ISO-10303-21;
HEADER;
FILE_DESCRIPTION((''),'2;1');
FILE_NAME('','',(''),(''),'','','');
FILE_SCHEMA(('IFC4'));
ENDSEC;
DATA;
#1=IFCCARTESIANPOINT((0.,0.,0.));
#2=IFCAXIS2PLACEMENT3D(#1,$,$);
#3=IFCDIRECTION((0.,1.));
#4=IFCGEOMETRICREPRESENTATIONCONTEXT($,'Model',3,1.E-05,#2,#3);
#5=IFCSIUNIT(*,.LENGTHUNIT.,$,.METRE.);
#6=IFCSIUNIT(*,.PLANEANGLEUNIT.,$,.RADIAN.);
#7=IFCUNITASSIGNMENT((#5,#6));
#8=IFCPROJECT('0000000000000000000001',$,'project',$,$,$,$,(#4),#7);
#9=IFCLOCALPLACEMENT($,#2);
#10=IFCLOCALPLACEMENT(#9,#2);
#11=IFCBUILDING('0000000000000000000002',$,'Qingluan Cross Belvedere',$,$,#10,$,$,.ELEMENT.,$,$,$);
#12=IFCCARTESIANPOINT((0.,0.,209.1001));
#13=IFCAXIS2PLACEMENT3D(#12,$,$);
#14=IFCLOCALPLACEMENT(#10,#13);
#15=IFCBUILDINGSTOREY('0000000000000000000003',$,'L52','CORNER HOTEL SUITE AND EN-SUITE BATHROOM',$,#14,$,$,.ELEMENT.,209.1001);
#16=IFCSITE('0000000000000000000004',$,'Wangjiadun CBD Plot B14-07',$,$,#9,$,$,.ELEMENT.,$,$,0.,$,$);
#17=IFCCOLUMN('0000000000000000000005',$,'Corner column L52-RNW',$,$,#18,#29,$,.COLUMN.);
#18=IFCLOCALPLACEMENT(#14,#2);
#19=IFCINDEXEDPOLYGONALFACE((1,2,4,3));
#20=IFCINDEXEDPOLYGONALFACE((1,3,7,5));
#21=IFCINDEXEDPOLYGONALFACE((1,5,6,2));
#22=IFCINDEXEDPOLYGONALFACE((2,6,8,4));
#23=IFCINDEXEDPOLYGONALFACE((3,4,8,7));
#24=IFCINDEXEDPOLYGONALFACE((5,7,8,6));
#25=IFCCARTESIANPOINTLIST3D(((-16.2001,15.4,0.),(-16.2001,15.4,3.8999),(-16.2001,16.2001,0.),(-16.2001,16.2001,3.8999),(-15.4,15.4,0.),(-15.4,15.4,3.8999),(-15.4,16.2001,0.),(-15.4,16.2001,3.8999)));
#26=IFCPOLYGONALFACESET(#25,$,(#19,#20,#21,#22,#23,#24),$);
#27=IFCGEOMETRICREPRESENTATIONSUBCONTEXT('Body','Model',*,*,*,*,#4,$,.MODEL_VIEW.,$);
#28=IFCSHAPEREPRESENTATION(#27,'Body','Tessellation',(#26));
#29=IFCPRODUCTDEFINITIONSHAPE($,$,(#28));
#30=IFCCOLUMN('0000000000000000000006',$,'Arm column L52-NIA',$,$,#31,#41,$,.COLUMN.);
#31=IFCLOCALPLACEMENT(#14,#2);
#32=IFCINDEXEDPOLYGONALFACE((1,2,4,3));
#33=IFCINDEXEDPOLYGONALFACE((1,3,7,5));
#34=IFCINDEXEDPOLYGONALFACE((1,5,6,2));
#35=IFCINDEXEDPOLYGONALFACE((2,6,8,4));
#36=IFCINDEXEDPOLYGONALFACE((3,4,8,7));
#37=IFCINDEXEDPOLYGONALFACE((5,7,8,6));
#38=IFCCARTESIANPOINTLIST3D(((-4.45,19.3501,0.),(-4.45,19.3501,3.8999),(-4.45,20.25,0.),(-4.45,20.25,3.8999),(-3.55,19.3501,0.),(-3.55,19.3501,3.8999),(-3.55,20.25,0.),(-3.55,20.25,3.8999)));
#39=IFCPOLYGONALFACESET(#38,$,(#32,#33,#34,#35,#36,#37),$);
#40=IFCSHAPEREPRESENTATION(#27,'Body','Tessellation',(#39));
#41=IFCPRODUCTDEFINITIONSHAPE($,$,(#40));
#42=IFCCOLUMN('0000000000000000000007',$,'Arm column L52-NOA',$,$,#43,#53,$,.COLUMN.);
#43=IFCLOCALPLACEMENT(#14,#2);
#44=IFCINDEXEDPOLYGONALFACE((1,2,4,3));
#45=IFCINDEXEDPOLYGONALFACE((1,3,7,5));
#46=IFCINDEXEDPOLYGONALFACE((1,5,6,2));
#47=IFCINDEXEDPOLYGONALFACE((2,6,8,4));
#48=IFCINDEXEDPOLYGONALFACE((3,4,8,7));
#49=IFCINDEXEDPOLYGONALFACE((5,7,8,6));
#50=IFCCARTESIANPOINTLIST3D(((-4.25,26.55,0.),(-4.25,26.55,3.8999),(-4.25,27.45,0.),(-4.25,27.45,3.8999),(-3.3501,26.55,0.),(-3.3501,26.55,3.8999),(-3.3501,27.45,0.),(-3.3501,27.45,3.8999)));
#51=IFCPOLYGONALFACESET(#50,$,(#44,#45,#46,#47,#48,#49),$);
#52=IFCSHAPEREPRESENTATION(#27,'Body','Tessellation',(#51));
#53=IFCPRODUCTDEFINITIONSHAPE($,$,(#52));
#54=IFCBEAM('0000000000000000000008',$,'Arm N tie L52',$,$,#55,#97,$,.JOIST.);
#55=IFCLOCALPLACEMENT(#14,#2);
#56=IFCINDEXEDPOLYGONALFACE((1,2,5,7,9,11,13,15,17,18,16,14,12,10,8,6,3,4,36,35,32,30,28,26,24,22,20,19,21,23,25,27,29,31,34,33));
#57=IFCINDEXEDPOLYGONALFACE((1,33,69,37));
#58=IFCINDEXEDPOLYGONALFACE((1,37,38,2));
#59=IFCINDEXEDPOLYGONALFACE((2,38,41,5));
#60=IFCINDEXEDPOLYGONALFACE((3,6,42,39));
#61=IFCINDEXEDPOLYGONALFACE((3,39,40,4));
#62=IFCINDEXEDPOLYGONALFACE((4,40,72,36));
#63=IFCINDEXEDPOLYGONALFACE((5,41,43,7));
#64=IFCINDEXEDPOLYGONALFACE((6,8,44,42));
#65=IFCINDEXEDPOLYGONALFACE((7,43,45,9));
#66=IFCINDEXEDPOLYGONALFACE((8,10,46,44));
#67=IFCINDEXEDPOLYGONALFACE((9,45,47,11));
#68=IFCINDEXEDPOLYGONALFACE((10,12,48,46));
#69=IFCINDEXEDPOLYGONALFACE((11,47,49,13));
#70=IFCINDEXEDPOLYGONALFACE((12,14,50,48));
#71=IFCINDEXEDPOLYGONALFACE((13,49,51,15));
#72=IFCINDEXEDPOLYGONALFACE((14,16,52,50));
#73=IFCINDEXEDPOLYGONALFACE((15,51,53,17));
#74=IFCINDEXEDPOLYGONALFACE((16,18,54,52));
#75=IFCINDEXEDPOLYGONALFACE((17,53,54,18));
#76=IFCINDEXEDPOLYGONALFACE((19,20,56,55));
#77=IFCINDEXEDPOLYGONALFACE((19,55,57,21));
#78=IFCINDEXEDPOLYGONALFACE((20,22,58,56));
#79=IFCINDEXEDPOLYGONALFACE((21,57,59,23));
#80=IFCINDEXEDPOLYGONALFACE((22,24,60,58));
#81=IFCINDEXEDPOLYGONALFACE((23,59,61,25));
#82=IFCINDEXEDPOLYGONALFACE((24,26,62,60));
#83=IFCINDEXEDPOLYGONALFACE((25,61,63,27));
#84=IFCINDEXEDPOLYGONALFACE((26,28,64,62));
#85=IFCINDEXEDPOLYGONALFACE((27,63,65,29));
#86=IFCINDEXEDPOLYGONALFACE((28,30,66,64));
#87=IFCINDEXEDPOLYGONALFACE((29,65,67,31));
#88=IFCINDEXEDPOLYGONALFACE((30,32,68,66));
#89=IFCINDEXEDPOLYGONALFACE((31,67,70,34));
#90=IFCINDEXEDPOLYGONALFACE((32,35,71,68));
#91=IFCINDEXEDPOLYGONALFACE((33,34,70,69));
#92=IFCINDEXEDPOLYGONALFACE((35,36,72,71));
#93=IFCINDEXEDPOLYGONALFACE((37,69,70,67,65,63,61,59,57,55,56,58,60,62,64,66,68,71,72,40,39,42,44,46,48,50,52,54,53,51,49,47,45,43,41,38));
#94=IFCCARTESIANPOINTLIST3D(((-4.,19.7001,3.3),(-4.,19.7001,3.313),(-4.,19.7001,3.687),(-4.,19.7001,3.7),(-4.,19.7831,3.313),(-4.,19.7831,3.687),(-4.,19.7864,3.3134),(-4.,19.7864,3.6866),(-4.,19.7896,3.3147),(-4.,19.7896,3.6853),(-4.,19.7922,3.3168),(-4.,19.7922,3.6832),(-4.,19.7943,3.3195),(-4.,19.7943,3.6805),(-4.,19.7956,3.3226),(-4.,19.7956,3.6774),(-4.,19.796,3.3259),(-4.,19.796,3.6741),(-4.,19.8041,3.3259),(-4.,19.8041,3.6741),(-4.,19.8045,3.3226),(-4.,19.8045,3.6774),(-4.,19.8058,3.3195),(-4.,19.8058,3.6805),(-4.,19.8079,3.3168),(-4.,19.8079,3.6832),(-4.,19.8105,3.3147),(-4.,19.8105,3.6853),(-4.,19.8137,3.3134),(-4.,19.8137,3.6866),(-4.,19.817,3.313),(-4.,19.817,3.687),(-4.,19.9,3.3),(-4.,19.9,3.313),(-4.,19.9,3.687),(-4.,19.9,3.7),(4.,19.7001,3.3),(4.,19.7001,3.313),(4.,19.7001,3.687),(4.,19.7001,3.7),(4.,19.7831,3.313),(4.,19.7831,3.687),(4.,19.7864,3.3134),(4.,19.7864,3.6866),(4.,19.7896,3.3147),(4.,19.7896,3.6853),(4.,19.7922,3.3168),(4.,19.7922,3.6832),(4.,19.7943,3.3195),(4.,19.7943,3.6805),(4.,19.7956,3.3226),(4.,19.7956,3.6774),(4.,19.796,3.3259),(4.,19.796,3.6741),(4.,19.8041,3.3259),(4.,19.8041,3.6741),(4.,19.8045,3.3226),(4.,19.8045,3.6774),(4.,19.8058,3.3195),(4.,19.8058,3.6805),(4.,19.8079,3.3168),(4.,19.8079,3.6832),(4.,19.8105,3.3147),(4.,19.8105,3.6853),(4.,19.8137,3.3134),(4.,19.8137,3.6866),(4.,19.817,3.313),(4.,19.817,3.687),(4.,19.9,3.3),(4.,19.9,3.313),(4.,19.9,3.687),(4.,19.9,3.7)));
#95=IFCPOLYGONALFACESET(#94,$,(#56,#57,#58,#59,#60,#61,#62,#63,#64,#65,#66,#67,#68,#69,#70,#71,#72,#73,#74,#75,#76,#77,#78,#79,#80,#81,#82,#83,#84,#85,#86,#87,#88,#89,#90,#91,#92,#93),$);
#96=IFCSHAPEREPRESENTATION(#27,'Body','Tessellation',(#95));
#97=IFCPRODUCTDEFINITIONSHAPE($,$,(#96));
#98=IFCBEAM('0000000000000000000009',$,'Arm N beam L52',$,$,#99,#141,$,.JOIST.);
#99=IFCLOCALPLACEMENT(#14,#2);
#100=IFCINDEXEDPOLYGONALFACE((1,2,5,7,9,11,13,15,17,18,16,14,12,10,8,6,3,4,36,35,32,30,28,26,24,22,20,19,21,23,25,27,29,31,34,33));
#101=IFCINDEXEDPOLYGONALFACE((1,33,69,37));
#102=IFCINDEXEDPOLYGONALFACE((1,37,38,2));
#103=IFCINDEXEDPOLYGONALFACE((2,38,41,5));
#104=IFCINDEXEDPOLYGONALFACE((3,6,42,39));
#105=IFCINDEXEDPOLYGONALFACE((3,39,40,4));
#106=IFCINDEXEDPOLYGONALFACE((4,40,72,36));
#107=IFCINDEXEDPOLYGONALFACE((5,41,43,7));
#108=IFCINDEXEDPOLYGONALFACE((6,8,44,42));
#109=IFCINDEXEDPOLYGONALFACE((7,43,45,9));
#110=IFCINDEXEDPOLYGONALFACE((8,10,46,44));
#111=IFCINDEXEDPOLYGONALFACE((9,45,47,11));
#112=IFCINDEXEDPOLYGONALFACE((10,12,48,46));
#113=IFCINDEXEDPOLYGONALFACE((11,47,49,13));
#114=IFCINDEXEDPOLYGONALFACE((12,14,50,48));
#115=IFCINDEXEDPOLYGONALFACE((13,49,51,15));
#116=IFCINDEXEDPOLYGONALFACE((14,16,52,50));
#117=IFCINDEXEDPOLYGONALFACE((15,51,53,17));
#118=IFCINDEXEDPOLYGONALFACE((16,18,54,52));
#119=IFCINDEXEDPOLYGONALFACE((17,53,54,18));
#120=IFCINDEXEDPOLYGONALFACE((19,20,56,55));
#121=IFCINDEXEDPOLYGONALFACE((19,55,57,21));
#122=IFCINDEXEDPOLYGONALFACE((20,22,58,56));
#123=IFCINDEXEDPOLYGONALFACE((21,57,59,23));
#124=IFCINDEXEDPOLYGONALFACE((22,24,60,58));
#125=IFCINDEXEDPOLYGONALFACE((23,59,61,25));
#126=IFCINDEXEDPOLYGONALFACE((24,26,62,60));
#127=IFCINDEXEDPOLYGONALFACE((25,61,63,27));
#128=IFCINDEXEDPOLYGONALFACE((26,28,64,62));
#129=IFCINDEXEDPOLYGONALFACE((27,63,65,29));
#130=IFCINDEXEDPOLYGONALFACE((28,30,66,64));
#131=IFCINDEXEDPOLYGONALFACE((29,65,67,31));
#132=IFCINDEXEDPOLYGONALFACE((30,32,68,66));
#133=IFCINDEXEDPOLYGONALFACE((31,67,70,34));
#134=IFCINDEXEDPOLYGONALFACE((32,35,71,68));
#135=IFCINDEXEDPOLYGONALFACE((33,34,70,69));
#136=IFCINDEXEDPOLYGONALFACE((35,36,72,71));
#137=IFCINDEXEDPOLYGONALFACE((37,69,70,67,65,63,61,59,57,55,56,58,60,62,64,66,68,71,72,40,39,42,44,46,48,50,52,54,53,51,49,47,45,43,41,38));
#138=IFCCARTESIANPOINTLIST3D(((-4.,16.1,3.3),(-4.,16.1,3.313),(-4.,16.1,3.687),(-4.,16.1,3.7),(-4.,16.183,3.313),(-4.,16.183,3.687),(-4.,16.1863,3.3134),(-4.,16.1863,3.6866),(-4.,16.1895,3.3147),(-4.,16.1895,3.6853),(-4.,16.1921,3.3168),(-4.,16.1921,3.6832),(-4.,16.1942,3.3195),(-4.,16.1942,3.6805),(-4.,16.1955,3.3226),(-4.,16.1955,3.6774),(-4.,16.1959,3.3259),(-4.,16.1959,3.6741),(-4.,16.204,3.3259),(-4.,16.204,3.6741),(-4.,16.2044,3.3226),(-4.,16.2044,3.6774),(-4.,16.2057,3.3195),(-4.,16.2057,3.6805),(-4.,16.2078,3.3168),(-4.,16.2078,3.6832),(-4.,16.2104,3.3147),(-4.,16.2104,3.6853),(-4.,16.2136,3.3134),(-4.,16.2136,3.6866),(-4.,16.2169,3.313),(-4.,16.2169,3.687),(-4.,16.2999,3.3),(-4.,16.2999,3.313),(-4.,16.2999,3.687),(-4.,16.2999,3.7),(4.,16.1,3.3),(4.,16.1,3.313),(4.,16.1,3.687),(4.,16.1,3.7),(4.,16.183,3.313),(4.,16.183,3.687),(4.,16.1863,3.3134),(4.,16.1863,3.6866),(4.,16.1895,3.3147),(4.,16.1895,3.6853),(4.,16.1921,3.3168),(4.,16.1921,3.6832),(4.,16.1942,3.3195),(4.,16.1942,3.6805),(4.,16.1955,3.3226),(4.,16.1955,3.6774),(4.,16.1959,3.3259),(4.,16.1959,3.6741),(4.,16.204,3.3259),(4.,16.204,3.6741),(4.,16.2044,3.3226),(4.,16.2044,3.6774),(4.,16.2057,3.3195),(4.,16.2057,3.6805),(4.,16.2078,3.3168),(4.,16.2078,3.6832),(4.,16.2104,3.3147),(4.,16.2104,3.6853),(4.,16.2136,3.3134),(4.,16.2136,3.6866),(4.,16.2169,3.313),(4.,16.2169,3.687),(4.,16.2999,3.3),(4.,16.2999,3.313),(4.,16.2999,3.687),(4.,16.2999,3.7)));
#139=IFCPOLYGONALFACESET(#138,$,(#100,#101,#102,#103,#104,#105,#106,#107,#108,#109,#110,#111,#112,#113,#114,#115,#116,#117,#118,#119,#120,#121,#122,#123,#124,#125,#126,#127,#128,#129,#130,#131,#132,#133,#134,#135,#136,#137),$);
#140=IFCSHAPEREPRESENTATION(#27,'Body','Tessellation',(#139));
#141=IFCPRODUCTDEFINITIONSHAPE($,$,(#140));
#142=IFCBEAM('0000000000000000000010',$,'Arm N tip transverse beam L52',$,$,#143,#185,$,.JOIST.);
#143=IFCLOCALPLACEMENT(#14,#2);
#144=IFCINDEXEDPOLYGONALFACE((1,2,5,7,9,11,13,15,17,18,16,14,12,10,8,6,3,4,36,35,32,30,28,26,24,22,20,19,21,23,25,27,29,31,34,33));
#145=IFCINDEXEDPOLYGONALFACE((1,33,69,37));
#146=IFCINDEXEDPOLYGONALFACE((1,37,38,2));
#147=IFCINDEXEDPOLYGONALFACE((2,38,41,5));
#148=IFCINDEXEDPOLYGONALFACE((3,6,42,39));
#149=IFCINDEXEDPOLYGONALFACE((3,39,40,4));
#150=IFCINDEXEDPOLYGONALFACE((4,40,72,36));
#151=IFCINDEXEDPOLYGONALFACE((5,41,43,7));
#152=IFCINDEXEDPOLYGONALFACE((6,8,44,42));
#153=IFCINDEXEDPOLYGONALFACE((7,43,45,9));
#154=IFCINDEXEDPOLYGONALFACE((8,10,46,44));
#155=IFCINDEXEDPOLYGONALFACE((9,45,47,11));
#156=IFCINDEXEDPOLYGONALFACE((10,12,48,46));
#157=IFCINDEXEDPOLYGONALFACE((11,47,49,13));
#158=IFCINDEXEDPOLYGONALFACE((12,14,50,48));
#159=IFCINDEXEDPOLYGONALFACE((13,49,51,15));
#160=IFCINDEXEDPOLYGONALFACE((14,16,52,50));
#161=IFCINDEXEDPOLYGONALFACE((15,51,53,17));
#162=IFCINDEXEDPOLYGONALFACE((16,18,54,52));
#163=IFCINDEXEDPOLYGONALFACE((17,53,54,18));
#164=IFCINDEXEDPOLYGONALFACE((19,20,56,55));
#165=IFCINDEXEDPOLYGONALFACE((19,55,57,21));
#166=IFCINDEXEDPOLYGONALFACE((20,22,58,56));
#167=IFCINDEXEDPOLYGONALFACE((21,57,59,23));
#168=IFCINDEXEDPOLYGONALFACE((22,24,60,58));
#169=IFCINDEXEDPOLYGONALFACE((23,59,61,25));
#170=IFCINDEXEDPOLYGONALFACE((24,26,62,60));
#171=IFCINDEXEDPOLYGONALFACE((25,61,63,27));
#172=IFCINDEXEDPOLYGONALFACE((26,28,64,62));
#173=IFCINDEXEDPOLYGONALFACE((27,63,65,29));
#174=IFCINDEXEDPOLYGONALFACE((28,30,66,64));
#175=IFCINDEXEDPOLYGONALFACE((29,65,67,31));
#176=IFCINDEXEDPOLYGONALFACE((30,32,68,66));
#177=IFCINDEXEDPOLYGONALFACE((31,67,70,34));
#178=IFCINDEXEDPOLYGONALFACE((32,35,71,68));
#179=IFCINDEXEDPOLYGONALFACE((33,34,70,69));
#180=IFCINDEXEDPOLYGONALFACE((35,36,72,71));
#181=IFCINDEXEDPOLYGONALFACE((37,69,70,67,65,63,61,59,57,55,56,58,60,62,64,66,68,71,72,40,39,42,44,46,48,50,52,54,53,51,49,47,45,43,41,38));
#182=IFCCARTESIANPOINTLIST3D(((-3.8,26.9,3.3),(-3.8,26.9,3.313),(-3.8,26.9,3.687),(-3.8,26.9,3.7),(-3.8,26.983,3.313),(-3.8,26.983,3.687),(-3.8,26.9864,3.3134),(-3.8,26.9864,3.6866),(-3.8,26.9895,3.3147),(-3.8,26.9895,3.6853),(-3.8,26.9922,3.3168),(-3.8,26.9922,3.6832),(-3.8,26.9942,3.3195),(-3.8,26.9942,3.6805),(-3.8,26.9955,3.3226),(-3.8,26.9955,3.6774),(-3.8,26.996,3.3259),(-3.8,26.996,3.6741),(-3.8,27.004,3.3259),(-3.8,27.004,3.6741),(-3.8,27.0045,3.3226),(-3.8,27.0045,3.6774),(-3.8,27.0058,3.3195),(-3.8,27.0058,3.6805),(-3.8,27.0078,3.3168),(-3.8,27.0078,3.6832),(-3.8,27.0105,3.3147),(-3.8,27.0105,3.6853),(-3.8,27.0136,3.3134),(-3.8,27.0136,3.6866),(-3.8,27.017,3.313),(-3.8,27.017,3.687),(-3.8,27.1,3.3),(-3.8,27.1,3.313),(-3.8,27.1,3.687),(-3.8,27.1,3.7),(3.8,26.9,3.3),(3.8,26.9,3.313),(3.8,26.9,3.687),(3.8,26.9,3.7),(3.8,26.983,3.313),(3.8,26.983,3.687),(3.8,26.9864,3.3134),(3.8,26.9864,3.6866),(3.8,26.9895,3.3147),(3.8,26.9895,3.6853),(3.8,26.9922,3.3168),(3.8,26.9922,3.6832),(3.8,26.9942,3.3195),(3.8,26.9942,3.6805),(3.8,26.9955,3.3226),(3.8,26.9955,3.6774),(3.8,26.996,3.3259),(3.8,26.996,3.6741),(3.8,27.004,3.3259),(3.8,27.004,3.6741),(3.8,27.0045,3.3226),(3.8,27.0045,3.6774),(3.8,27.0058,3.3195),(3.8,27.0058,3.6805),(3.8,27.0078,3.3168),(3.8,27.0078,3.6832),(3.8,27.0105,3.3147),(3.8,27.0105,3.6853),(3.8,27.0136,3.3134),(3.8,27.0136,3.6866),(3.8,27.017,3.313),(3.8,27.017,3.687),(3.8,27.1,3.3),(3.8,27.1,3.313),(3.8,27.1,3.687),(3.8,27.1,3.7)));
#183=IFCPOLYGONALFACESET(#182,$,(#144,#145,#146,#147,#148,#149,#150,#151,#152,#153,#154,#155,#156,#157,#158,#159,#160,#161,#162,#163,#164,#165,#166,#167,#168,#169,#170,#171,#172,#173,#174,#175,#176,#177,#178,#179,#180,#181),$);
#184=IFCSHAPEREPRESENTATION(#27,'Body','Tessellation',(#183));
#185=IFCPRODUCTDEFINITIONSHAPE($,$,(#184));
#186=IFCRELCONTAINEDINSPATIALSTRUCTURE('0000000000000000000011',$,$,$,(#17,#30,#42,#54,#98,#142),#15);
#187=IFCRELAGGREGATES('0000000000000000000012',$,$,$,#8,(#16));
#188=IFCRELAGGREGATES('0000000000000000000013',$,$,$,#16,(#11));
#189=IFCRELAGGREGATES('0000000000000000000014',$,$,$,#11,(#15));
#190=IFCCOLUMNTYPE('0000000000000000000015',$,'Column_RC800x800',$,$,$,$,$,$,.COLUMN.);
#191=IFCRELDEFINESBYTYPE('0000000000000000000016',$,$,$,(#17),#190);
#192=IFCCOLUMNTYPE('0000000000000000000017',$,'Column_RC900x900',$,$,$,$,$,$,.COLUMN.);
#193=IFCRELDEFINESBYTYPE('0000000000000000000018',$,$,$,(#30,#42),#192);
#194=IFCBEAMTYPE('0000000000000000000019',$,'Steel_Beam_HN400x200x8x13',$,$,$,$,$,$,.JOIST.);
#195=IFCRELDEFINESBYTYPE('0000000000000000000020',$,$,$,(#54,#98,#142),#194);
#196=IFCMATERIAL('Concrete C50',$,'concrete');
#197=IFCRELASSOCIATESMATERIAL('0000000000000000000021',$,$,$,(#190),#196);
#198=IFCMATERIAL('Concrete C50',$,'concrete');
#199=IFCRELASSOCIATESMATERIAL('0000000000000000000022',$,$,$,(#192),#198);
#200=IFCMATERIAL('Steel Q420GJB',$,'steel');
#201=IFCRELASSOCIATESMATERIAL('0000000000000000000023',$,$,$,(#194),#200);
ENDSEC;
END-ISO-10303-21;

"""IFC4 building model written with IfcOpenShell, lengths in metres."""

from ifc_helpers import new_model, si_unit, direction, frame, origin, origin_2d, place, context, subcontext, project, spatial, rectangle, i_section, extrude, material, material_profile, profile_set, type_object, element, save


model = new_model("IFC4")

# Units and contexts
model_context = context("Model", 3, precision=1e-05, world=origin(), true_north=direction((0.0, 1.0)))
body_context = subcontext(model_context, "Body", "Model", "MODEL_VIEW")
ifc_project = project(units=[si_unit("LENGTHUNIT", "METRE"), si_unit("PLANEANGLEUNIT", "RADIAN")], contexts=[model_context])

# Site, building, storey
site_placement = place(None, origin())
site = spatial("IfcSite", under=ifc_project, at=site_placement, Name="Wangjiadun CBD Plot B14-07", CompositionType="ELEMENT", RefElevation=0.0)
building_placement = place(site_placement, origin())
building = spatial("IfcBuilding", under=site, at=building_placement, Name="Qingluan Cross Belvedere", CompositionType="ELEMENT")
storey_placement = place(building_placement, frame((0.0, 0.0, 209.1001)))
storey = spatial("IfcBuildingStorey", under=building, at=storey_placement, Name="L52", Description="CORNER HOTEL SUITE AND EN-SUITE BATHROOM", CompositionType="ELEMENT", Elevation=209.1001)

# Columns
ifc_material_1 = material(Name="Concrete C50", Category="concrete")
ifc_material_profile_1 = material_profile(ifc_material_1, rectangle(XDim=0.8, YDim=0.8, at=origin_2d()), Name="RC800x800")
ifc_profile_set_1 = profile_set([ifc_material_profile_1], Name="Concrete C50")
column_type_1 = type_object("IfcColumnType", Name="Column_RC800x800", PredefinedType="COLUMN", material=ifc_profile_set_1)
column_placement = place(storey_placement, frame((-15.8, 15.8, 0.0), z_axis=(0.0, 0.0, 1.0), x_axis=(1.0, 0.0, 0.0)))
element("IfcColumn", 1, at=column_placement, inside=storey, type_object=column_type_1, Name="Corner column L52-RNW", PredefinedType="COLUMN", context=body_context, shape_type="SweptSolid", body=[
    extrude(rectangle(XDim=0.8, YDim=0.8, at=origin_2d()), origin(), (0.0, 0.0, 1.0), 3.8999),
])
ifc_material_2 = material(Name="Concrete C50", Category="concrete")
ifc_material_profile_2 = material_profile(ifc_material_2, rectangle(XDim=0.8999, YDim=0.8999, at=origin_2d()), Name="RC900x900")
ifc_profile_set_2 = profile_set([ifc_material_profile_2], Name="Concrete C50")
column_type_2 = type_object("IfcColumnType", Name="Column_RC900x900", PredefinedType="COLUMN", material=ifc_profile_set_2)
for number, where, z_axis, x_axis, name in (
    (2, (-4.0, 19.8, 0.0), (0.0, 0.0, 1.0), (1.0, 0.0, 0.0), "Arm column L52-NIA"),
    (3, (-3.8, 27.0, 0.0), (0.0, 0.0, 1.0), (1.0, 0.0, 0.0), "Arm column L52-NOA"),
):
    element("IfcColumn", number, at=place(storey_placement, frame(where, z_axis=z_axis, x_axis=x_axis)), inside=storey, type_object=column_type_2, Name=name, PredefinedType="COLUMN", context=body_context, shape_type="SweptSolid", body=[
        extrude(rectangle(XDim=0.8999, YDim=0.8999, at=origin_2d()), origin(), (0.0, 0.0, 1.0), 3.8999),
    ])

# Beams
ifc_material_3 = material(Name="Steel Q420GJB", Category="steel")
ifc_material_profile_3 = material_profile(ifc_material_3, i_section(OverallWidth=0.2, OverallDepth=0.3999, WebThickness=0.0081, FlangeThickness=0.0129, FilletRadius=0.0129, at=origin_2d()), Name="HN400x200x8x13")
ifc_profile_set_3 = profile_set([ifc_material_profile_3], Name="Steel Q420GJB")
beam_type_1 = type_object("IfcBeamType", Name="Steel_Beam_HN400x200x8x13", PredefinedType="JOIST", material=ifc_profile_set_3)
for number, where, z_axis, x_axis, name in (
    (4, (-4.0, 19.8, 3.5), (1.0, 0.0, 0.0), (0.0, 1.0, 0.0), "Arm N tie L52"),
    (5, (-4.0, 16.2, 3.5), (1.0, 0.0, 0.0), (0.0, 1.0, 0.0), "Arm N beam L52"),
):
    element("IfcBeam", number, at=place(storey_placement, frame(where, z_axis=z_axis, x_axis=x_axis)), inside=storey, type_object=beam_type_1, Name=name, PredefinedType="JOIST", context=body_context, shape_type="SweptSolid", body=[
        extrude(i_section(OverallWidth=0.2, OverallDepth=0.3999, WebThickness=0.0081, FlangeThickness=0.0129, FilletRadius=0.0129, at=origin_2d()), origin(), (0.0, 0.0, 1.0), 8.0),
    ])
beam_1_placement = place(storey_placement, frame((-3.8, 27.0, 3.5), z_axis=(1.0, 0.0, 0.0), x_axis=(0.0, 1.0, 0.0)))
element("IfcBeam", 6, at=beam_1_placement, inside=storey, type_object=beam_type_1, Name="Arm N tip transverse beam L52", PredefinedType="JOIST", context=body_context, shape_type="SweptSolid", body=[
    extrude(i_section(OverallWidth=0.2, OverallDepth=0.3999, WebThickness=0.0081, FlangeThickness=0.0129, FilletRadius=0.0129, at=origin_2d()), origin(), (0.0, 0.0, 1.0), 7.6001),
])

save(model, "model.ifc")
